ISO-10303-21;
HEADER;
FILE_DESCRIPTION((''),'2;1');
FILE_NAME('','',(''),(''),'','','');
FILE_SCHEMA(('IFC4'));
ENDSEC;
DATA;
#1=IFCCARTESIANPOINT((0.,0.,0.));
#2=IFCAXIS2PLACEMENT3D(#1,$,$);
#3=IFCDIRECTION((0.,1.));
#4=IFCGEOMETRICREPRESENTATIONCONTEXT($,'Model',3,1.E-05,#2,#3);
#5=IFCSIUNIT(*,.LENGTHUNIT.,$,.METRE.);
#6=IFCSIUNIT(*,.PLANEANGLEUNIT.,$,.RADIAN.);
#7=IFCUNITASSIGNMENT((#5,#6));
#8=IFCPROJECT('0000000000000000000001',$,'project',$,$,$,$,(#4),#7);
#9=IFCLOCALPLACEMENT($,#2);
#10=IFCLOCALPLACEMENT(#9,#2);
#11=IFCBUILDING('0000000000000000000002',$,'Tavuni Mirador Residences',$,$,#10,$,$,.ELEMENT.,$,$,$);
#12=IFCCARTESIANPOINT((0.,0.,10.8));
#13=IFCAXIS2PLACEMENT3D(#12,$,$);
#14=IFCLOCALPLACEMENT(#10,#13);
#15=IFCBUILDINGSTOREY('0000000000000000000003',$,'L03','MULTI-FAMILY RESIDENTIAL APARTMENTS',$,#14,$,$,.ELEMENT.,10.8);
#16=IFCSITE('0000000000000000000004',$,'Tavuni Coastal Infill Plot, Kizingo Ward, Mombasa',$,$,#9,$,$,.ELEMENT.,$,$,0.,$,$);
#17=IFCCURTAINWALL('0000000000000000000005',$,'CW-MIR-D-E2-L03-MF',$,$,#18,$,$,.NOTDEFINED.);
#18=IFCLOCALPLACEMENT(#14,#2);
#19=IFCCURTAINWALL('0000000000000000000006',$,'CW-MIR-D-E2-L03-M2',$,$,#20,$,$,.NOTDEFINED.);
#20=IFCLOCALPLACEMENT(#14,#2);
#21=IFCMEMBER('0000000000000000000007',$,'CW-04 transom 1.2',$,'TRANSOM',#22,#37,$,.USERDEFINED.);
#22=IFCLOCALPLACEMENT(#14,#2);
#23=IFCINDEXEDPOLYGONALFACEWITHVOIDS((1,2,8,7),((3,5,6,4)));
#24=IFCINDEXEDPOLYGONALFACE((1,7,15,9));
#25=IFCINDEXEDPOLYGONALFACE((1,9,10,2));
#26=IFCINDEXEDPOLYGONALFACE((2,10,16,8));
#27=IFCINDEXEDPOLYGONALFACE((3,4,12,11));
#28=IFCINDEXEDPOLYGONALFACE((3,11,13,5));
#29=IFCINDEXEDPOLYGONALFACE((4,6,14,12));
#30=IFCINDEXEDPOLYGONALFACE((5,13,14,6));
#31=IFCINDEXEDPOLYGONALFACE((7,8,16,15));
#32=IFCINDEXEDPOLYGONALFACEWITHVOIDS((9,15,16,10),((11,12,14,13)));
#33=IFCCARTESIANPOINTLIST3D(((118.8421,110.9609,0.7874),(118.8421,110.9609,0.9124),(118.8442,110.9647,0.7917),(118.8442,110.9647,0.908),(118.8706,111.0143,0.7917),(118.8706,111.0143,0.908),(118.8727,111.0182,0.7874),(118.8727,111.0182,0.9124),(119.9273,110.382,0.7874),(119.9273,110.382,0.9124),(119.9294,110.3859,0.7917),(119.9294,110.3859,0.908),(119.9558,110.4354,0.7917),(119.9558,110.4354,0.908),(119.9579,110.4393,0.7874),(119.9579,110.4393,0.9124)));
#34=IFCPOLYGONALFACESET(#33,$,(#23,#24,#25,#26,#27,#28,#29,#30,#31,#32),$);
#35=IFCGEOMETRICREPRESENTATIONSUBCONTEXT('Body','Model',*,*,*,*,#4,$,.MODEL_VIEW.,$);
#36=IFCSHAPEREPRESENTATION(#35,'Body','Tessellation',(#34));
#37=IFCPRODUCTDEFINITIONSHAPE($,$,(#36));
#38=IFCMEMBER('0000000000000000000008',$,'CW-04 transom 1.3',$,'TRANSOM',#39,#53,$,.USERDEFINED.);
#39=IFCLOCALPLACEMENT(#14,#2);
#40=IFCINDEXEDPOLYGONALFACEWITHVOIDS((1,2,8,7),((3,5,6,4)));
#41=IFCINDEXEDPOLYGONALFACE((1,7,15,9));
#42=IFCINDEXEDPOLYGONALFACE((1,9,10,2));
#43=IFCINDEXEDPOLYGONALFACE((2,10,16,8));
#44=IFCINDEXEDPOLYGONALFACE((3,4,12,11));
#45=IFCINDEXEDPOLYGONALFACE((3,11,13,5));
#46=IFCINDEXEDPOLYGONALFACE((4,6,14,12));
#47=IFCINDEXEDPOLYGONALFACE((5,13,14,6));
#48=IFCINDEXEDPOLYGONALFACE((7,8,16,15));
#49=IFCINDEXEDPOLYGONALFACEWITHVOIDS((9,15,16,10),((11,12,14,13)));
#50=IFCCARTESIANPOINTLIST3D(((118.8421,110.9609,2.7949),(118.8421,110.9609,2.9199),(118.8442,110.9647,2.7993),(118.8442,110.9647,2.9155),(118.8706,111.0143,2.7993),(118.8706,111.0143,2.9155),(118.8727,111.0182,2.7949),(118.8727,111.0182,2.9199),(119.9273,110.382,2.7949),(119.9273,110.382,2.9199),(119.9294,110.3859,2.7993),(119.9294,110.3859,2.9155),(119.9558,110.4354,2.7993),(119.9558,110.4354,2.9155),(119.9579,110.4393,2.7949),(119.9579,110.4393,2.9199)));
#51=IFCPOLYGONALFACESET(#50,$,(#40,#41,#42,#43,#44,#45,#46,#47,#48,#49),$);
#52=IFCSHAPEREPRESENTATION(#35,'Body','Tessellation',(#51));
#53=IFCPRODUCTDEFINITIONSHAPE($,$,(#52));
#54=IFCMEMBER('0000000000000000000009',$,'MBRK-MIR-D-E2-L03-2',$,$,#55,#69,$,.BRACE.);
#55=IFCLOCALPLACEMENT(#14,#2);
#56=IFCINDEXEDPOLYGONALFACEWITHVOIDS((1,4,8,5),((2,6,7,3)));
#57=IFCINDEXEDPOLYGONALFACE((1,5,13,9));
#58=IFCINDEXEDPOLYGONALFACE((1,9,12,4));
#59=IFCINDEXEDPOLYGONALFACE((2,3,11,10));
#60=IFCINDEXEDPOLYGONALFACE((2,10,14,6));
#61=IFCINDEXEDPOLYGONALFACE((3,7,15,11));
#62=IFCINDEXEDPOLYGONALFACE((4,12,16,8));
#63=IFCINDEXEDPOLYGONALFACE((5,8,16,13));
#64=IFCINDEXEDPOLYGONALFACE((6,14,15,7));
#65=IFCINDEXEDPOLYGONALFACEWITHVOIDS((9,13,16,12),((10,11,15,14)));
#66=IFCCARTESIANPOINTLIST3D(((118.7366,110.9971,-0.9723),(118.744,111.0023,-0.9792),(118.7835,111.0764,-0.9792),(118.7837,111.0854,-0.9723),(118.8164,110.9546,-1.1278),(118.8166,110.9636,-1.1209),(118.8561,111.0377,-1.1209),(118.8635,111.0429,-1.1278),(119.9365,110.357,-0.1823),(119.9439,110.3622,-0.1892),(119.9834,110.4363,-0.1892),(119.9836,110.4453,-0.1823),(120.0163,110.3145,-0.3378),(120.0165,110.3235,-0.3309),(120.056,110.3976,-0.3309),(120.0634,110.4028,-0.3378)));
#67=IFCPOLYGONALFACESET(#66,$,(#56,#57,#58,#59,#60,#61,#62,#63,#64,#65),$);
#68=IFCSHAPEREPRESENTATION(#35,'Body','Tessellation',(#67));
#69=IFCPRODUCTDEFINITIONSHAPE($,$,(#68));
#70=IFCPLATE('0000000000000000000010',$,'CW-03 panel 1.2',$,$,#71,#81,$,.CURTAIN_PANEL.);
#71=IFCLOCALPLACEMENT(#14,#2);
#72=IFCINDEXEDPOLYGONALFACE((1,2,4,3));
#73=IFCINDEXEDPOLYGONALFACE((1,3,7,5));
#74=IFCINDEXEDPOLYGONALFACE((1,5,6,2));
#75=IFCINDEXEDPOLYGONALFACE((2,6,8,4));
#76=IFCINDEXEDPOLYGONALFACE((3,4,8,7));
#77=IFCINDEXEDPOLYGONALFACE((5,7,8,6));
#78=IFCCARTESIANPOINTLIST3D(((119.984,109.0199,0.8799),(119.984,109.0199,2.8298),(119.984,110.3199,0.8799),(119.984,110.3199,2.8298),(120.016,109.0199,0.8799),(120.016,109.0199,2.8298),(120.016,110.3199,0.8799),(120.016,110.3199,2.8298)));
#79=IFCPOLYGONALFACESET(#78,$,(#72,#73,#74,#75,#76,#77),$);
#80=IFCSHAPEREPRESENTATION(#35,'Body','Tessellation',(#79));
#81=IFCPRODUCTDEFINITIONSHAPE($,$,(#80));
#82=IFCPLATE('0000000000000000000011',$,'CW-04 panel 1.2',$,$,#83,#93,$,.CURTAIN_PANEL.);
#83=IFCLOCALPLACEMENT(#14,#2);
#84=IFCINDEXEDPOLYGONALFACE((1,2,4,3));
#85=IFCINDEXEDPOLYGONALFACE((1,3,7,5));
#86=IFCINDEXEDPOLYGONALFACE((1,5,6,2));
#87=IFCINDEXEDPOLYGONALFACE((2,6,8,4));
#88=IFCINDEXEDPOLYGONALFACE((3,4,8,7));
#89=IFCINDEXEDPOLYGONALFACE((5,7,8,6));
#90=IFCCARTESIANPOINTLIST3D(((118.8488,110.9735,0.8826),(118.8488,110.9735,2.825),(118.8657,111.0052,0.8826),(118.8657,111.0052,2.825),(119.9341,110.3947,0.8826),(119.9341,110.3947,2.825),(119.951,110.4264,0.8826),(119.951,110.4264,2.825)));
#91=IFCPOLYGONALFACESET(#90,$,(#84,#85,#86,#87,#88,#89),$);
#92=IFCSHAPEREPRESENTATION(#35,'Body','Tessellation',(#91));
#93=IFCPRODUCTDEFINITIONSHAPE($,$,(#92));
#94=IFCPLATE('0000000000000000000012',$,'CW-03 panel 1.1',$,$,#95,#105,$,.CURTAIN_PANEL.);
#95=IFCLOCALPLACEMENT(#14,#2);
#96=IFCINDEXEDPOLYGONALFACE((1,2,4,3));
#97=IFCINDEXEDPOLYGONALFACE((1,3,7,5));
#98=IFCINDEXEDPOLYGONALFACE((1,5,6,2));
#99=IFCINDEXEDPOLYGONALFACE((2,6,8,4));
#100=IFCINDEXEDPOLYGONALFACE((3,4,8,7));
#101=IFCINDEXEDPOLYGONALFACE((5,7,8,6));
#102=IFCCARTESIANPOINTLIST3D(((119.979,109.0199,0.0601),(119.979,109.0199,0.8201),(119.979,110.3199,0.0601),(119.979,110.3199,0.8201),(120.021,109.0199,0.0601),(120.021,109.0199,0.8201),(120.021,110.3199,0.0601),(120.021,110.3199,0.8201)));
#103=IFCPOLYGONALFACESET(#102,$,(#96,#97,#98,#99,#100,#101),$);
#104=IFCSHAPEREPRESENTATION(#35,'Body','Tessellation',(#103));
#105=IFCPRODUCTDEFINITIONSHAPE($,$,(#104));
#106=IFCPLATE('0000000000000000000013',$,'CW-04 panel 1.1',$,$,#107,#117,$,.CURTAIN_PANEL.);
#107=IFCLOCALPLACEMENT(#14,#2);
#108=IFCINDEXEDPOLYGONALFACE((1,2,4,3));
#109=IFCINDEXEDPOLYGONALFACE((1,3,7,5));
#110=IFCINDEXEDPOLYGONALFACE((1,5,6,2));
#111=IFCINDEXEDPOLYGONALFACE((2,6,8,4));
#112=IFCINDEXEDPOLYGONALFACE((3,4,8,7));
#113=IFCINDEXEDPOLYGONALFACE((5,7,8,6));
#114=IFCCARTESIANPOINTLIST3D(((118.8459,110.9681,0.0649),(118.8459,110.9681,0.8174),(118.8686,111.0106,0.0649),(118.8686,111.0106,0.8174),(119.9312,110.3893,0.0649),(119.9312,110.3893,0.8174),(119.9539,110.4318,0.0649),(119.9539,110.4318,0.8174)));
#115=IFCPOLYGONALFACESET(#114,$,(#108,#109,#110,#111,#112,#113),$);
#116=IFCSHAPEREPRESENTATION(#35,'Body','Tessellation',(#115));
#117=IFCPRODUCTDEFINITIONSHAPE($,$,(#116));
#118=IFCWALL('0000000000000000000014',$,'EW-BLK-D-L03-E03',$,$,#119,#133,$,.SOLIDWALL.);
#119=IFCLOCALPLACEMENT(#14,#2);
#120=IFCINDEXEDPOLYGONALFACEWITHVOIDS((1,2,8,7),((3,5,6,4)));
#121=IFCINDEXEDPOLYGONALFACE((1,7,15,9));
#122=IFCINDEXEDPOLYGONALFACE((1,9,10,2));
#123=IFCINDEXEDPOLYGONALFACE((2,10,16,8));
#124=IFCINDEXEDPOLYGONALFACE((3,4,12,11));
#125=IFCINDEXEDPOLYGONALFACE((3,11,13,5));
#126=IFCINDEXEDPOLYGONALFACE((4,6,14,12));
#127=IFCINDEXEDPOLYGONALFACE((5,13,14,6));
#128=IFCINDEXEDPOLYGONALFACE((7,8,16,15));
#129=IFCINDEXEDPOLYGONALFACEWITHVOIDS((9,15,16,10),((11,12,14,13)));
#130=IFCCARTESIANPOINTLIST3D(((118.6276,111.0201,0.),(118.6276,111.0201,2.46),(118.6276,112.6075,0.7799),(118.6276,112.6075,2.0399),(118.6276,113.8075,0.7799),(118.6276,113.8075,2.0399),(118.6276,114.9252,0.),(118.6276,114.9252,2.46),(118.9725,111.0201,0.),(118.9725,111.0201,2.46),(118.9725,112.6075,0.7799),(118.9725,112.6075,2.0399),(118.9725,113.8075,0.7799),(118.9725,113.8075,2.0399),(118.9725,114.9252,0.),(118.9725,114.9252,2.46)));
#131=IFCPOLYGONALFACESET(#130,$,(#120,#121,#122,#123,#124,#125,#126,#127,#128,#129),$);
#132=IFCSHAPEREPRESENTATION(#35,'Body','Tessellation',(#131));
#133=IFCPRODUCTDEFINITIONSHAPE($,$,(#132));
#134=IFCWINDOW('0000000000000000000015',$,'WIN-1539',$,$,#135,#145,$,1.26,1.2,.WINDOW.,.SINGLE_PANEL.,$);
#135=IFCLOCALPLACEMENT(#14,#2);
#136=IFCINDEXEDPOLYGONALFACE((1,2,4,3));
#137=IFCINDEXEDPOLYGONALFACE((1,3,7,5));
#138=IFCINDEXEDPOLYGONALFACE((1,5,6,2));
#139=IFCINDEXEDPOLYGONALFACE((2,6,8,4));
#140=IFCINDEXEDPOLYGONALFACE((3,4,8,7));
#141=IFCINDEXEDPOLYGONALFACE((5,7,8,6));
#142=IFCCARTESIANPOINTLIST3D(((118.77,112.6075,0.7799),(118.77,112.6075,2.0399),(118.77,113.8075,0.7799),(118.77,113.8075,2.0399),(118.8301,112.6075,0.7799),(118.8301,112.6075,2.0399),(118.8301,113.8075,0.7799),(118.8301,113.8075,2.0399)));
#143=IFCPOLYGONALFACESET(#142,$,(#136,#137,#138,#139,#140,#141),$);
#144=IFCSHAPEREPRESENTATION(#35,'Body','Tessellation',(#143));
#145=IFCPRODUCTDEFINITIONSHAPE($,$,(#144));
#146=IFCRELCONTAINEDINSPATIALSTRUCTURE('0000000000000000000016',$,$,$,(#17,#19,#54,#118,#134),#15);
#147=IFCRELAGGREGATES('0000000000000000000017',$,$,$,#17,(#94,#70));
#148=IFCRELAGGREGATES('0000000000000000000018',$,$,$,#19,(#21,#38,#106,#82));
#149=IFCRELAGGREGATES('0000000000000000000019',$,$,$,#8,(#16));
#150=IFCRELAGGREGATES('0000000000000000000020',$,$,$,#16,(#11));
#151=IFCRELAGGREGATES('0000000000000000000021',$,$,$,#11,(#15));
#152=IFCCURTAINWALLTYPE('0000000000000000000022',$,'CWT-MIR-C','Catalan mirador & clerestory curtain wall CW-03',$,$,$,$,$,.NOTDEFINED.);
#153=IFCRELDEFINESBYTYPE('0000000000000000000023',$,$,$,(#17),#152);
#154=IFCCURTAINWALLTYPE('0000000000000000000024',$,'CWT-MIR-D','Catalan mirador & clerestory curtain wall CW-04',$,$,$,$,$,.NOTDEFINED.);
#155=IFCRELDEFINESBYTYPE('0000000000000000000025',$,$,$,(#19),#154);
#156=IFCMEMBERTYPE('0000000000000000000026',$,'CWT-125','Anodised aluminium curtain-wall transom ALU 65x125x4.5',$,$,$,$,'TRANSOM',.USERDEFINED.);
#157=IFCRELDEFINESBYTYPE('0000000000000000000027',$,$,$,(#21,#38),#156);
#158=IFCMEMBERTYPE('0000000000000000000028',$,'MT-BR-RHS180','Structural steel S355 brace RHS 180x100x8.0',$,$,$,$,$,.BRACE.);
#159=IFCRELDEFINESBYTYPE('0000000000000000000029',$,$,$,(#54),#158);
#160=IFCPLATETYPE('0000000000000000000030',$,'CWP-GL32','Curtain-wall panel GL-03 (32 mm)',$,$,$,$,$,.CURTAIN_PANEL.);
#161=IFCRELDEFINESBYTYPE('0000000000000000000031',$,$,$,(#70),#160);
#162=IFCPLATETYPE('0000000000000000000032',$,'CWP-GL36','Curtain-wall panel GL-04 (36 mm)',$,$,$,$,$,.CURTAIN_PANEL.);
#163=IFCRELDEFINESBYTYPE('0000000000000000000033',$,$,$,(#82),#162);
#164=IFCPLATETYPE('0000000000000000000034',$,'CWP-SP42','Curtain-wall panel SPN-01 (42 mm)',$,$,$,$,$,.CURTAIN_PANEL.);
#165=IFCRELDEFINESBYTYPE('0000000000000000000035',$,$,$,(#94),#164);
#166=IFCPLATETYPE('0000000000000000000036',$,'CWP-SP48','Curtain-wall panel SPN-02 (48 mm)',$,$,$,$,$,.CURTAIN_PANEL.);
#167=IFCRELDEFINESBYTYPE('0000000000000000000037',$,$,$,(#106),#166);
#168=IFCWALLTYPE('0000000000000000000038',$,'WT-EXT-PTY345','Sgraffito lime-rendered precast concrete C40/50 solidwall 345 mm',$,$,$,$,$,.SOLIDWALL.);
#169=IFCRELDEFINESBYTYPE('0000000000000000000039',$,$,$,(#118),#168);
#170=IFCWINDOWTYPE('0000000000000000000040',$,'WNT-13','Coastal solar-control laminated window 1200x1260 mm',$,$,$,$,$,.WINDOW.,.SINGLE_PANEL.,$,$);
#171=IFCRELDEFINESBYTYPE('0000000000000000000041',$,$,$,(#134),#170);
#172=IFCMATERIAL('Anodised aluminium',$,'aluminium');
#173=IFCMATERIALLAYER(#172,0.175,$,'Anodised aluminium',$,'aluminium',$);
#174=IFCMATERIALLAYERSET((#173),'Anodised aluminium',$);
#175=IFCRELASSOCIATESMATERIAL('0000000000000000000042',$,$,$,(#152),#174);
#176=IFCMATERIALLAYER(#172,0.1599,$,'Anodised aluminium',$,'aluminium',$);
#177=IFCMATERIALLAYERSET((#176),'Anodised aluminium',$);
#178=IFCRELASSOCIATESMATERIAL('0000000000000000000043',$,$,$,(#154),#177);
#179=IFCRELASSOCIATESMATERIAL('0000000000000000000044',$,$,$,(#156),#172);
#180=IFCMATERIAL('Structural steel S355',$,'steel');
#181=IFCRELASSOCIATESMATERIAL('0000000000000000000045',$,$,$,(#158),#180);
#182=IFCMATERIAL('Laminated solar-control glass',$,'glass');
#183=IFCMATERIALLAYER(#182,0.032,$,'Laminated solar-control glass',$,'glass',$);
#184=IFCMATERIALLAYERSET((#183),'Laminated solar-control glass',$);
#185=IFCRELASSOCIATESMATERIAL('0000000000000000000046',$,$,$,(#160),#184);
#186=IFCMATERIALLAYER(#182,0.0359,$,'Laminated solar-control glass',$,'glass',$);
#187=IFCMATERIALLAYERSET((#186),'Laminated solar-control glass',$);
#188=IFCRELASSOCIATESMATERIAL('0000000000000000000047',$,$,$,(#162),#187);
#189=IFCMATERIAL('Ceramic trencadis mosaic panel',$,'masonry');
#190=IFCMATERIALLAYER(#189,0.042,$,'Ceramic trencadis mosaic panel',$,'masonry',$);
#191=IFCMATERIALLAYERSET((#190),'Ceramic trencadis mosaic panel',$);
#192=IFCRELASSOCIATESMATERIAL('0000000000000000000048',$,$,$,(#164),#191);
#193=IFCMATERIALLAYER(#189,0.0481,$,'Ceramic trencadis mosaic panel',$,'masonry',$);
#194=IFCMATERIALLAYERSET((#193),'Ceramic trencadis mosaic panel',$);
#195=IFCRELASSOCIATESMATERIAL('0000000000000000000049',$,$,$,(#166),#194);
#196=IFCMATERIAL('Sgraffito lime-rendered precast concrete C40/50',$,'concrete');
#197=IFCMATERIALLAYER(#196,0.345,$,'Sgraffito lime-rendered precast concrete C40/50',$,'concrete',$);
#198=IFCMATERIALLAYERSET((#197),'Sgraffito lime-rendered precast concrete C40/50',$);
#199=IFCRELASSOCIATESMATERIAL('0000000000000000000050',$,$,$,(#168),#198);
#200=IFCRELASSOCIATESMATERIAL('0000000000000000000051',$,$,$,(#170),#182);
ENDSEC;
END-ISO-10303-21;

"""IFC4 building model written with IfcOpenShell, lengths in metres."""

from ifc_helpers import new_model, si_unit, direction, frame, frame_2d, origin, origin_2d, place, context, subcontext, project, spatial, rectangle, hollow_rectangle, extrude, material, layer, layer_set, material_profile, profile_set, type_object, element, fill, aggregate, save


model = new_model("IFC4")

# Units and contexts
model_context = context("Model", 3, precision=1e-05, world=origin(), true_north=direction((0.0, 1.0)))
body_context = subcontext(model_context, "Body", "Model", "MODEL_VIEW")
ifc_project = project(units=[si_unit("LENGTHUNIT", "METRE"), si_unit("PLANEANGLEUNIT", "RADIAN")], contexts=[model_context])

# Site, building, storey
site_placement = place(None, origin())
site = spatial("IfcSite", under=ifc_project, at=site_placement, Name="Tavuni Coastal Infill Plot, Kizingo Ward, Mombasa", CompositionType="ELEMENT", RefElevation=0.0)
building_placement = place(site_placement, origin())
building = spatial("IfcBuilding", under=site, at=building_placement, Name="Tavuni Mirador Residences", CompositionType="ELEMENT")
storey_placement = place(building_placement, frame((0.0, 0.0, 10.8)))
storey = spatial("IfcBuildingStorey", under=building, at=storey_placement, Name="L03", Description="MULTI-FAMILY RESIDENTIAL APARTMENTS", CompositionType="ELEMENT", Elevation=10.8)

# Curtain walls
ifc_material_1 = material(Name="Anodised aluminium", Category="aluminium")
ifc_layer_1 = layer(ifc_material_1, 0.175, Name="Anodised aluminium", Category="aluminium")
ifc_layer_set_1 = layer_set([ifc_layer_1], Name="Anodised aluminium")
curtain_wall_type_1 = type_object("IfcCurtainWallType", Name="CWT-MIR-C", Description="Catalan mirador & clerestory curtain wall CW-03", PredefinedType="NOTDEFINED", material=ifc_layer_set_1)
curtain_wall_1_placement = place(storey_placement, origin())
curtain_wall_1 = element("IfcCurtainWall", 1, at=curtain_wall_1_placement, inside=storey, type_object=curtain_wall_type_1, Name="CW-MIR-D-E2-L03-MF", PredefinedType="NOTDEFINED")
ifc_layer_2 = layer(ifc_material_1, 0.1599, Name="Anodised aluminium", Category="aluminium")
ifc_layer_set_2 = layer_set([ifc_layer_2], Name="Anodised aluminium")
curtain_wall_type_2 = type_object("IfcCurtainWallType", Name="CWT-MIR-D", Description="Catalan mirador & clerestory curtain wall CW-04", PredefinedType="NOTDEFINED", material=ifc_layer_set_2)
curtain_wall_2_placement = place(storey_placement, origin())
curtain_wall_2 = element("IfcCurtainWall", 2, at=curtain_wall_2_placement, inside=storey, type_object=curtain_wall_type_2, Name="CW-MIR-D-E2-L03-M2", PredefinedType="NOTDEFINED")

# Members
ifc_material_profile_1 = material_profile(ifc_material_1, hollow_rectangle(XDim=0.0649, YDim=0.125, WallThickness=0.0044, at=origin_2d()), Name="ALU 65x125x4.5", Category="aluminium")
ifc_profile_set_1 = profile_set([ifc_material_profile_1], Name="Anodised aluminium")
member_type_1 = type_object("IfcMemberType", Name="CWT-125", Description="Anodised aluminium curtain-wall transom ALU 65x125x4.5", ElementType="TRANSOM", PredefinedType="USERDEFINED", material=ifc_profile_set_1)
member_1_placement = place(storey_placement, frame((119.9426, 110.4106, 0.8499), z_axis=(-0.882325, 0.47064, 0.0), x_axis=(-0.47064, -0.882325, 0.0)))
member_1 = element("IfcMember", 3, at=member_1_placement, type_object=member_type_1, Name="CW-04 transom 1.2", ObjectType="TRANSOM", PredefinedType="USERDEFINED", context=body_context, shape_type="SweptSolid", body=[
    extrude(hollow_rectangle(XDim=0.0649, YDim=0.125, WallThickness=0.0044, at=origin_2d()), origin(), (0.0, 0.0, 1.0), 1.23),
])
member_2_placement = place(storey_placement, frame((119.9426, 110.4106, 2.8574), z_axis=(-0.882325, 0.47064, 0.0), x_axis=(-0.47064, -0.882325, 0.0)))
member_2 = element("IfcMember", 4, at=member_2_placement, type_object=member_type_1, Name="CW-04 transom 1.3", ObjectType="TRANSOM", PredefinedType="USERDEFINED", context=body_context, shape_type="SweptSolid", body=[
    extrude(hollow_rectangle(XDim=0.0649, YDim=0.125, WallThickness=0.0044, at=origin_2d()), origin(), (0.0, 0.0, 1.0), 1.23),
])
ifc_material_2 = material(Name="Structural steel S355", Category="steel")
ifc_material_profile_2 = material_profile(ifc_material_2, hollow_rectangle(XDim=0.1001, YDim=0.1799, WallThickness=0.0081, at=origin_2d()), Name="RHS 180x100x8.0", Category="steel")
ifc_profile_set_2 = profile_set([ifc_material_profile_2], Name="Structural steel S355")
member_type_2 = type_object("IfcMemberType", Name="MT-BR-RHS180", Description="Structural steel S355 brace RHS 180x100x8.0", PredefinedType="BRACE", material=ifc_profile_set_2)
member_3_placement = place(storey_placement, frame((118.8, 111.02, -1.05), z_axis=(0.762921, -0.406995, 0.502302), x_axis=(0.470681, 0.882303, 0.0)))
element("IfcMember", 5, at=member_3_placement, inside=storey, type_object=member_type_2, Name="MBRK-MIR-D-E2-L03-2", PredefinedType="BRACE", context=body_context, shape_type="SweptSolid", body=[
    extrude(hollow_rectangle(XDim=0.1001, YDim=0.1799, WallThickness=0.0081, at=origin_2d()), origin(), (0.0, 0.0, 1.0), 1.5728),
])

# Plates
ifc_material_3 = material(Name="Laminated solar-control glass", Category="glass")
ifc_layer_3 = layer(ifc_material_3, 0.032, Name="Laminated solar-control glass", Category="glass")
ifc_layer_set_3 = layer_set([ifc_layer_3], Name="Laminated solar-control glass")
plate_type_1 = type_object("IfcPlateType", Name="CWP-GL32", Description="Curtain-wall panel GL-03 (32 mm)", PredefinedType="CURTAIN_PANEL", material=ifc_layer_set_3)
plate_1_placement = place(storey_placement, frame((120.0, 109.6699, 0.8799), z_axis=(0.0, 0.0, 1.0), x_axis=(0.0, 1.0, 0.0)))
plate_1 = element("IfcPlate", 6, at=plate_1_placement, type_object=plate_type_1, Name="CW-03 panel 1.2", PredefinedType="CURTAIN_PANEL", context=body_context, shape_type="SweptSolid", body=[
    extrude(rectangle(XDim=1.3, YDim=0.032, at=origin_2d()), origin(), (0.0, 0.0, 1.0), 1.95),
])
ifc_layer_4 = layer(ifc_material_3, 0.0359, Name="Laminated solar-control glass", Category="glass")
ifc_layer_set_4 = layer_set([ifc_layer_4], Name="Laminated solar-control glass")
plate_type_2 = type_object("IfcPlateType", Name="CWP-GL36", Description="Curtain-wall panel GL-04 (36 mm)", PredefinedType="CURTAIN_PANEL", material=ifc_layer_set_4)
plate_2_placement = place(storey_placement, frame((119.3999, 110.7, 0.8826), z_axis=(0.0, 0.0, 1.0), x_axis=(-0.882353, 0.470588, 0.0)))
plate_2 = element("IfcPlate", 7, at=plate_2_placement, type_object=plate_type_2, Name="CW-04 panel 1.2", PredefinedType="CURTAIN_PANEL", context=body_context, shape_type="SweptSolid", body=[
    extrude(rectangle(XDim=1.23, YDim=0.0359, at=origin_2d()), origin(), (0.0, 0.0, 1.0), 1.9424),
])
ifc_material_4 = material(Name="Ceramic trencadis mosaic panel", Category="masonry")
ifc_layer_5 = layer(ifc_material_4, 0.042, Name="Ceramic trencadis mosaic panel", Category="masonry")
ifc_layer_set_5 = layer_set([ifc_layer_5], Name="Ceramic trencadis mosaic panel")
plate_type_3 = type_object("IfcPlateType", Name="CWP-SP42", Description="Curtain-wall panel SPN-01 (42 mm)", PredefinedType="CURTAIN_PANEL", material=ifc_layer_set_5)
plate_3_placement = place(storey_placement, frame((120.0, 109.6699, 0.0601), z_axis=(0.0, 0.0, 1.0), x_axis=(0.0, 1.0, 0.0)))
plate_3 = element("IfcPlate", 8, at=plate_3_placement, type_object=plate_type_3, Name="CW-03 panel 1.1", PredefinedType="CURTAIN_PANEL", context=body_context, shape_type="SweptSolid", body=[
    extrude(rectangle(XDim=1.3, YDim=0.042, at=origin_2d()), origin(), (0.0, 0.0, 1.0), 0.76),
])
aggregate(curtain_wall_1, [plate_3, plate_1])
ifc_layer_6 = layer(ifc_material_4, 0.0481, Name="Ceramic trencadis mosaic panel", Category="masonry")
ifc_layer_set_6 = layer_set([ifc_layer_6], Name="Ceramic trencadis mosaic panel")
plate_type_4 = type_object("IfcPlateType", Name="CWP-SP48", Description="Curtain-wall panel SPN-02 (48 mm)", PredefinedType="CURTAIN_PANEL", material=ifc_layer_set_6)
plate_4_placement = place(storey_placement, frame((119.3999, 110.7, 0.0649), z_axis=(0.0, 0.0, 1.0), x_axis=(-0.882353, 0.470588, 0.0)))
plate_4 = element("IfcPlate", 9, at=plate_4_placement, type_object=plate_type_4, Name="CW-04 panel 1.1", PredefinedType="CURTAIN_PANEL", context=body_context, shape_type="SweptSolid", body=[
    extrude(rectangle(XDim=1.23, YDim=0.0481, at=origin_2d()), origin(), (0.0, 0.0, 1.0), 0.7524),
])
aggregate(curtain_wall_2, [member_1, member_2, plate_4, plate_2])

# Wall, opening, window
ifc_material_5 = material(Name="Sgraffito lime-rendered precast concrete C40/50", Category="concrete")
ifc_layer_7 = layer(ifc_material_5, 0.345, Name="Sgraffito lime-rendered precast concrete C40/50", Category="concrete")
ifc_layer_set_7 = layer_set([ifc_layer_7], Name="Sgraffito lime-rendered precast concrete C40/50")
wall_type = type_object("IfcWallType", Name="WT-EXT-PTY345", Description="Sgraffito lime-rendered precast concrete C40/50 solidwall 345 mm", PredefinedType="SOLIDWALL", material=ifc_layer_set_7)
wall_1_placement = place(storey_placement, frame((118.8, 111.02, 0.0), z_axis=(0.0, 0.0, 1.0), x_axis=(0.0, 1.0, 0.0)))
wall_1 = element("IfcWall", 10, at=wall_1_placement, inside=storey, type_object=wall_type, Name="EW-BLK-D-L03-E03", PredefinedType="SOLIDWALL", context=body_context, shape_type="SweptSolid", body=[
    extrude(rectangle(XDim=3.905, YDim=0.345, at=frame_2d((1.9526, 0.0))), origin(), (0.0, 0.0, 1.0), 2.46),
])
opening_1_placement = place(wall_1_placement, frame((1.5874, 0.0, 0.78)))
opening_1 = element("IfcOpeningElement", 11, at=opening_1_placement, cuts=wall_1, PredefinedType="OPENING", context=body_context, shape_type="SweptSolid", body=[
    extrude(rectangle(XDim=1.2, YDim=1.26, at=frame_2d((0.6001, 0.6299))), frame((0.0, 0.1826, 0.0), z_axis=(0.0, -1.0, 0.0), x_axis=(1.0, 0.0, 0.0)), (0.0, 0.0, 1.0), 0.365),
])
window_type_1 = type_object("IfcWindowType", Name="WNT-13", Description="Coastal solar-control laminated window 1200x1260 mm", PartitioningType="SINGLE_PANEL", PredefinedType="WINDOW", material=ifc_material_3)
window_1_placement = place(opening_1_placement, origin())
window_1 = element("IfcWindow", 12, at=window_1_placement, inside=storey, type_object=window_type_1, Name="WIN-1539", OverallHeight=1.26, OverallWidth=1.2, PartitioningType="SINGLE_PANEL", PredefinedType="WINDOW", context=body_context, shape_type="SweptSolid", body=[
    extrude(rectangle(XDim=1.2, YDim=1.26, at=frame_2d((0.6001, 0.6299))), frame((0.0, 0.03, 0.0), z_axis=(0.0, -1.0, 0.0), x_axis=(1.0, 0.0, 0.0)), (0.0, 0.0, 1.0), 0.0601),
])
fill(opening_1, window_1)

save(model, "model.ifc")
